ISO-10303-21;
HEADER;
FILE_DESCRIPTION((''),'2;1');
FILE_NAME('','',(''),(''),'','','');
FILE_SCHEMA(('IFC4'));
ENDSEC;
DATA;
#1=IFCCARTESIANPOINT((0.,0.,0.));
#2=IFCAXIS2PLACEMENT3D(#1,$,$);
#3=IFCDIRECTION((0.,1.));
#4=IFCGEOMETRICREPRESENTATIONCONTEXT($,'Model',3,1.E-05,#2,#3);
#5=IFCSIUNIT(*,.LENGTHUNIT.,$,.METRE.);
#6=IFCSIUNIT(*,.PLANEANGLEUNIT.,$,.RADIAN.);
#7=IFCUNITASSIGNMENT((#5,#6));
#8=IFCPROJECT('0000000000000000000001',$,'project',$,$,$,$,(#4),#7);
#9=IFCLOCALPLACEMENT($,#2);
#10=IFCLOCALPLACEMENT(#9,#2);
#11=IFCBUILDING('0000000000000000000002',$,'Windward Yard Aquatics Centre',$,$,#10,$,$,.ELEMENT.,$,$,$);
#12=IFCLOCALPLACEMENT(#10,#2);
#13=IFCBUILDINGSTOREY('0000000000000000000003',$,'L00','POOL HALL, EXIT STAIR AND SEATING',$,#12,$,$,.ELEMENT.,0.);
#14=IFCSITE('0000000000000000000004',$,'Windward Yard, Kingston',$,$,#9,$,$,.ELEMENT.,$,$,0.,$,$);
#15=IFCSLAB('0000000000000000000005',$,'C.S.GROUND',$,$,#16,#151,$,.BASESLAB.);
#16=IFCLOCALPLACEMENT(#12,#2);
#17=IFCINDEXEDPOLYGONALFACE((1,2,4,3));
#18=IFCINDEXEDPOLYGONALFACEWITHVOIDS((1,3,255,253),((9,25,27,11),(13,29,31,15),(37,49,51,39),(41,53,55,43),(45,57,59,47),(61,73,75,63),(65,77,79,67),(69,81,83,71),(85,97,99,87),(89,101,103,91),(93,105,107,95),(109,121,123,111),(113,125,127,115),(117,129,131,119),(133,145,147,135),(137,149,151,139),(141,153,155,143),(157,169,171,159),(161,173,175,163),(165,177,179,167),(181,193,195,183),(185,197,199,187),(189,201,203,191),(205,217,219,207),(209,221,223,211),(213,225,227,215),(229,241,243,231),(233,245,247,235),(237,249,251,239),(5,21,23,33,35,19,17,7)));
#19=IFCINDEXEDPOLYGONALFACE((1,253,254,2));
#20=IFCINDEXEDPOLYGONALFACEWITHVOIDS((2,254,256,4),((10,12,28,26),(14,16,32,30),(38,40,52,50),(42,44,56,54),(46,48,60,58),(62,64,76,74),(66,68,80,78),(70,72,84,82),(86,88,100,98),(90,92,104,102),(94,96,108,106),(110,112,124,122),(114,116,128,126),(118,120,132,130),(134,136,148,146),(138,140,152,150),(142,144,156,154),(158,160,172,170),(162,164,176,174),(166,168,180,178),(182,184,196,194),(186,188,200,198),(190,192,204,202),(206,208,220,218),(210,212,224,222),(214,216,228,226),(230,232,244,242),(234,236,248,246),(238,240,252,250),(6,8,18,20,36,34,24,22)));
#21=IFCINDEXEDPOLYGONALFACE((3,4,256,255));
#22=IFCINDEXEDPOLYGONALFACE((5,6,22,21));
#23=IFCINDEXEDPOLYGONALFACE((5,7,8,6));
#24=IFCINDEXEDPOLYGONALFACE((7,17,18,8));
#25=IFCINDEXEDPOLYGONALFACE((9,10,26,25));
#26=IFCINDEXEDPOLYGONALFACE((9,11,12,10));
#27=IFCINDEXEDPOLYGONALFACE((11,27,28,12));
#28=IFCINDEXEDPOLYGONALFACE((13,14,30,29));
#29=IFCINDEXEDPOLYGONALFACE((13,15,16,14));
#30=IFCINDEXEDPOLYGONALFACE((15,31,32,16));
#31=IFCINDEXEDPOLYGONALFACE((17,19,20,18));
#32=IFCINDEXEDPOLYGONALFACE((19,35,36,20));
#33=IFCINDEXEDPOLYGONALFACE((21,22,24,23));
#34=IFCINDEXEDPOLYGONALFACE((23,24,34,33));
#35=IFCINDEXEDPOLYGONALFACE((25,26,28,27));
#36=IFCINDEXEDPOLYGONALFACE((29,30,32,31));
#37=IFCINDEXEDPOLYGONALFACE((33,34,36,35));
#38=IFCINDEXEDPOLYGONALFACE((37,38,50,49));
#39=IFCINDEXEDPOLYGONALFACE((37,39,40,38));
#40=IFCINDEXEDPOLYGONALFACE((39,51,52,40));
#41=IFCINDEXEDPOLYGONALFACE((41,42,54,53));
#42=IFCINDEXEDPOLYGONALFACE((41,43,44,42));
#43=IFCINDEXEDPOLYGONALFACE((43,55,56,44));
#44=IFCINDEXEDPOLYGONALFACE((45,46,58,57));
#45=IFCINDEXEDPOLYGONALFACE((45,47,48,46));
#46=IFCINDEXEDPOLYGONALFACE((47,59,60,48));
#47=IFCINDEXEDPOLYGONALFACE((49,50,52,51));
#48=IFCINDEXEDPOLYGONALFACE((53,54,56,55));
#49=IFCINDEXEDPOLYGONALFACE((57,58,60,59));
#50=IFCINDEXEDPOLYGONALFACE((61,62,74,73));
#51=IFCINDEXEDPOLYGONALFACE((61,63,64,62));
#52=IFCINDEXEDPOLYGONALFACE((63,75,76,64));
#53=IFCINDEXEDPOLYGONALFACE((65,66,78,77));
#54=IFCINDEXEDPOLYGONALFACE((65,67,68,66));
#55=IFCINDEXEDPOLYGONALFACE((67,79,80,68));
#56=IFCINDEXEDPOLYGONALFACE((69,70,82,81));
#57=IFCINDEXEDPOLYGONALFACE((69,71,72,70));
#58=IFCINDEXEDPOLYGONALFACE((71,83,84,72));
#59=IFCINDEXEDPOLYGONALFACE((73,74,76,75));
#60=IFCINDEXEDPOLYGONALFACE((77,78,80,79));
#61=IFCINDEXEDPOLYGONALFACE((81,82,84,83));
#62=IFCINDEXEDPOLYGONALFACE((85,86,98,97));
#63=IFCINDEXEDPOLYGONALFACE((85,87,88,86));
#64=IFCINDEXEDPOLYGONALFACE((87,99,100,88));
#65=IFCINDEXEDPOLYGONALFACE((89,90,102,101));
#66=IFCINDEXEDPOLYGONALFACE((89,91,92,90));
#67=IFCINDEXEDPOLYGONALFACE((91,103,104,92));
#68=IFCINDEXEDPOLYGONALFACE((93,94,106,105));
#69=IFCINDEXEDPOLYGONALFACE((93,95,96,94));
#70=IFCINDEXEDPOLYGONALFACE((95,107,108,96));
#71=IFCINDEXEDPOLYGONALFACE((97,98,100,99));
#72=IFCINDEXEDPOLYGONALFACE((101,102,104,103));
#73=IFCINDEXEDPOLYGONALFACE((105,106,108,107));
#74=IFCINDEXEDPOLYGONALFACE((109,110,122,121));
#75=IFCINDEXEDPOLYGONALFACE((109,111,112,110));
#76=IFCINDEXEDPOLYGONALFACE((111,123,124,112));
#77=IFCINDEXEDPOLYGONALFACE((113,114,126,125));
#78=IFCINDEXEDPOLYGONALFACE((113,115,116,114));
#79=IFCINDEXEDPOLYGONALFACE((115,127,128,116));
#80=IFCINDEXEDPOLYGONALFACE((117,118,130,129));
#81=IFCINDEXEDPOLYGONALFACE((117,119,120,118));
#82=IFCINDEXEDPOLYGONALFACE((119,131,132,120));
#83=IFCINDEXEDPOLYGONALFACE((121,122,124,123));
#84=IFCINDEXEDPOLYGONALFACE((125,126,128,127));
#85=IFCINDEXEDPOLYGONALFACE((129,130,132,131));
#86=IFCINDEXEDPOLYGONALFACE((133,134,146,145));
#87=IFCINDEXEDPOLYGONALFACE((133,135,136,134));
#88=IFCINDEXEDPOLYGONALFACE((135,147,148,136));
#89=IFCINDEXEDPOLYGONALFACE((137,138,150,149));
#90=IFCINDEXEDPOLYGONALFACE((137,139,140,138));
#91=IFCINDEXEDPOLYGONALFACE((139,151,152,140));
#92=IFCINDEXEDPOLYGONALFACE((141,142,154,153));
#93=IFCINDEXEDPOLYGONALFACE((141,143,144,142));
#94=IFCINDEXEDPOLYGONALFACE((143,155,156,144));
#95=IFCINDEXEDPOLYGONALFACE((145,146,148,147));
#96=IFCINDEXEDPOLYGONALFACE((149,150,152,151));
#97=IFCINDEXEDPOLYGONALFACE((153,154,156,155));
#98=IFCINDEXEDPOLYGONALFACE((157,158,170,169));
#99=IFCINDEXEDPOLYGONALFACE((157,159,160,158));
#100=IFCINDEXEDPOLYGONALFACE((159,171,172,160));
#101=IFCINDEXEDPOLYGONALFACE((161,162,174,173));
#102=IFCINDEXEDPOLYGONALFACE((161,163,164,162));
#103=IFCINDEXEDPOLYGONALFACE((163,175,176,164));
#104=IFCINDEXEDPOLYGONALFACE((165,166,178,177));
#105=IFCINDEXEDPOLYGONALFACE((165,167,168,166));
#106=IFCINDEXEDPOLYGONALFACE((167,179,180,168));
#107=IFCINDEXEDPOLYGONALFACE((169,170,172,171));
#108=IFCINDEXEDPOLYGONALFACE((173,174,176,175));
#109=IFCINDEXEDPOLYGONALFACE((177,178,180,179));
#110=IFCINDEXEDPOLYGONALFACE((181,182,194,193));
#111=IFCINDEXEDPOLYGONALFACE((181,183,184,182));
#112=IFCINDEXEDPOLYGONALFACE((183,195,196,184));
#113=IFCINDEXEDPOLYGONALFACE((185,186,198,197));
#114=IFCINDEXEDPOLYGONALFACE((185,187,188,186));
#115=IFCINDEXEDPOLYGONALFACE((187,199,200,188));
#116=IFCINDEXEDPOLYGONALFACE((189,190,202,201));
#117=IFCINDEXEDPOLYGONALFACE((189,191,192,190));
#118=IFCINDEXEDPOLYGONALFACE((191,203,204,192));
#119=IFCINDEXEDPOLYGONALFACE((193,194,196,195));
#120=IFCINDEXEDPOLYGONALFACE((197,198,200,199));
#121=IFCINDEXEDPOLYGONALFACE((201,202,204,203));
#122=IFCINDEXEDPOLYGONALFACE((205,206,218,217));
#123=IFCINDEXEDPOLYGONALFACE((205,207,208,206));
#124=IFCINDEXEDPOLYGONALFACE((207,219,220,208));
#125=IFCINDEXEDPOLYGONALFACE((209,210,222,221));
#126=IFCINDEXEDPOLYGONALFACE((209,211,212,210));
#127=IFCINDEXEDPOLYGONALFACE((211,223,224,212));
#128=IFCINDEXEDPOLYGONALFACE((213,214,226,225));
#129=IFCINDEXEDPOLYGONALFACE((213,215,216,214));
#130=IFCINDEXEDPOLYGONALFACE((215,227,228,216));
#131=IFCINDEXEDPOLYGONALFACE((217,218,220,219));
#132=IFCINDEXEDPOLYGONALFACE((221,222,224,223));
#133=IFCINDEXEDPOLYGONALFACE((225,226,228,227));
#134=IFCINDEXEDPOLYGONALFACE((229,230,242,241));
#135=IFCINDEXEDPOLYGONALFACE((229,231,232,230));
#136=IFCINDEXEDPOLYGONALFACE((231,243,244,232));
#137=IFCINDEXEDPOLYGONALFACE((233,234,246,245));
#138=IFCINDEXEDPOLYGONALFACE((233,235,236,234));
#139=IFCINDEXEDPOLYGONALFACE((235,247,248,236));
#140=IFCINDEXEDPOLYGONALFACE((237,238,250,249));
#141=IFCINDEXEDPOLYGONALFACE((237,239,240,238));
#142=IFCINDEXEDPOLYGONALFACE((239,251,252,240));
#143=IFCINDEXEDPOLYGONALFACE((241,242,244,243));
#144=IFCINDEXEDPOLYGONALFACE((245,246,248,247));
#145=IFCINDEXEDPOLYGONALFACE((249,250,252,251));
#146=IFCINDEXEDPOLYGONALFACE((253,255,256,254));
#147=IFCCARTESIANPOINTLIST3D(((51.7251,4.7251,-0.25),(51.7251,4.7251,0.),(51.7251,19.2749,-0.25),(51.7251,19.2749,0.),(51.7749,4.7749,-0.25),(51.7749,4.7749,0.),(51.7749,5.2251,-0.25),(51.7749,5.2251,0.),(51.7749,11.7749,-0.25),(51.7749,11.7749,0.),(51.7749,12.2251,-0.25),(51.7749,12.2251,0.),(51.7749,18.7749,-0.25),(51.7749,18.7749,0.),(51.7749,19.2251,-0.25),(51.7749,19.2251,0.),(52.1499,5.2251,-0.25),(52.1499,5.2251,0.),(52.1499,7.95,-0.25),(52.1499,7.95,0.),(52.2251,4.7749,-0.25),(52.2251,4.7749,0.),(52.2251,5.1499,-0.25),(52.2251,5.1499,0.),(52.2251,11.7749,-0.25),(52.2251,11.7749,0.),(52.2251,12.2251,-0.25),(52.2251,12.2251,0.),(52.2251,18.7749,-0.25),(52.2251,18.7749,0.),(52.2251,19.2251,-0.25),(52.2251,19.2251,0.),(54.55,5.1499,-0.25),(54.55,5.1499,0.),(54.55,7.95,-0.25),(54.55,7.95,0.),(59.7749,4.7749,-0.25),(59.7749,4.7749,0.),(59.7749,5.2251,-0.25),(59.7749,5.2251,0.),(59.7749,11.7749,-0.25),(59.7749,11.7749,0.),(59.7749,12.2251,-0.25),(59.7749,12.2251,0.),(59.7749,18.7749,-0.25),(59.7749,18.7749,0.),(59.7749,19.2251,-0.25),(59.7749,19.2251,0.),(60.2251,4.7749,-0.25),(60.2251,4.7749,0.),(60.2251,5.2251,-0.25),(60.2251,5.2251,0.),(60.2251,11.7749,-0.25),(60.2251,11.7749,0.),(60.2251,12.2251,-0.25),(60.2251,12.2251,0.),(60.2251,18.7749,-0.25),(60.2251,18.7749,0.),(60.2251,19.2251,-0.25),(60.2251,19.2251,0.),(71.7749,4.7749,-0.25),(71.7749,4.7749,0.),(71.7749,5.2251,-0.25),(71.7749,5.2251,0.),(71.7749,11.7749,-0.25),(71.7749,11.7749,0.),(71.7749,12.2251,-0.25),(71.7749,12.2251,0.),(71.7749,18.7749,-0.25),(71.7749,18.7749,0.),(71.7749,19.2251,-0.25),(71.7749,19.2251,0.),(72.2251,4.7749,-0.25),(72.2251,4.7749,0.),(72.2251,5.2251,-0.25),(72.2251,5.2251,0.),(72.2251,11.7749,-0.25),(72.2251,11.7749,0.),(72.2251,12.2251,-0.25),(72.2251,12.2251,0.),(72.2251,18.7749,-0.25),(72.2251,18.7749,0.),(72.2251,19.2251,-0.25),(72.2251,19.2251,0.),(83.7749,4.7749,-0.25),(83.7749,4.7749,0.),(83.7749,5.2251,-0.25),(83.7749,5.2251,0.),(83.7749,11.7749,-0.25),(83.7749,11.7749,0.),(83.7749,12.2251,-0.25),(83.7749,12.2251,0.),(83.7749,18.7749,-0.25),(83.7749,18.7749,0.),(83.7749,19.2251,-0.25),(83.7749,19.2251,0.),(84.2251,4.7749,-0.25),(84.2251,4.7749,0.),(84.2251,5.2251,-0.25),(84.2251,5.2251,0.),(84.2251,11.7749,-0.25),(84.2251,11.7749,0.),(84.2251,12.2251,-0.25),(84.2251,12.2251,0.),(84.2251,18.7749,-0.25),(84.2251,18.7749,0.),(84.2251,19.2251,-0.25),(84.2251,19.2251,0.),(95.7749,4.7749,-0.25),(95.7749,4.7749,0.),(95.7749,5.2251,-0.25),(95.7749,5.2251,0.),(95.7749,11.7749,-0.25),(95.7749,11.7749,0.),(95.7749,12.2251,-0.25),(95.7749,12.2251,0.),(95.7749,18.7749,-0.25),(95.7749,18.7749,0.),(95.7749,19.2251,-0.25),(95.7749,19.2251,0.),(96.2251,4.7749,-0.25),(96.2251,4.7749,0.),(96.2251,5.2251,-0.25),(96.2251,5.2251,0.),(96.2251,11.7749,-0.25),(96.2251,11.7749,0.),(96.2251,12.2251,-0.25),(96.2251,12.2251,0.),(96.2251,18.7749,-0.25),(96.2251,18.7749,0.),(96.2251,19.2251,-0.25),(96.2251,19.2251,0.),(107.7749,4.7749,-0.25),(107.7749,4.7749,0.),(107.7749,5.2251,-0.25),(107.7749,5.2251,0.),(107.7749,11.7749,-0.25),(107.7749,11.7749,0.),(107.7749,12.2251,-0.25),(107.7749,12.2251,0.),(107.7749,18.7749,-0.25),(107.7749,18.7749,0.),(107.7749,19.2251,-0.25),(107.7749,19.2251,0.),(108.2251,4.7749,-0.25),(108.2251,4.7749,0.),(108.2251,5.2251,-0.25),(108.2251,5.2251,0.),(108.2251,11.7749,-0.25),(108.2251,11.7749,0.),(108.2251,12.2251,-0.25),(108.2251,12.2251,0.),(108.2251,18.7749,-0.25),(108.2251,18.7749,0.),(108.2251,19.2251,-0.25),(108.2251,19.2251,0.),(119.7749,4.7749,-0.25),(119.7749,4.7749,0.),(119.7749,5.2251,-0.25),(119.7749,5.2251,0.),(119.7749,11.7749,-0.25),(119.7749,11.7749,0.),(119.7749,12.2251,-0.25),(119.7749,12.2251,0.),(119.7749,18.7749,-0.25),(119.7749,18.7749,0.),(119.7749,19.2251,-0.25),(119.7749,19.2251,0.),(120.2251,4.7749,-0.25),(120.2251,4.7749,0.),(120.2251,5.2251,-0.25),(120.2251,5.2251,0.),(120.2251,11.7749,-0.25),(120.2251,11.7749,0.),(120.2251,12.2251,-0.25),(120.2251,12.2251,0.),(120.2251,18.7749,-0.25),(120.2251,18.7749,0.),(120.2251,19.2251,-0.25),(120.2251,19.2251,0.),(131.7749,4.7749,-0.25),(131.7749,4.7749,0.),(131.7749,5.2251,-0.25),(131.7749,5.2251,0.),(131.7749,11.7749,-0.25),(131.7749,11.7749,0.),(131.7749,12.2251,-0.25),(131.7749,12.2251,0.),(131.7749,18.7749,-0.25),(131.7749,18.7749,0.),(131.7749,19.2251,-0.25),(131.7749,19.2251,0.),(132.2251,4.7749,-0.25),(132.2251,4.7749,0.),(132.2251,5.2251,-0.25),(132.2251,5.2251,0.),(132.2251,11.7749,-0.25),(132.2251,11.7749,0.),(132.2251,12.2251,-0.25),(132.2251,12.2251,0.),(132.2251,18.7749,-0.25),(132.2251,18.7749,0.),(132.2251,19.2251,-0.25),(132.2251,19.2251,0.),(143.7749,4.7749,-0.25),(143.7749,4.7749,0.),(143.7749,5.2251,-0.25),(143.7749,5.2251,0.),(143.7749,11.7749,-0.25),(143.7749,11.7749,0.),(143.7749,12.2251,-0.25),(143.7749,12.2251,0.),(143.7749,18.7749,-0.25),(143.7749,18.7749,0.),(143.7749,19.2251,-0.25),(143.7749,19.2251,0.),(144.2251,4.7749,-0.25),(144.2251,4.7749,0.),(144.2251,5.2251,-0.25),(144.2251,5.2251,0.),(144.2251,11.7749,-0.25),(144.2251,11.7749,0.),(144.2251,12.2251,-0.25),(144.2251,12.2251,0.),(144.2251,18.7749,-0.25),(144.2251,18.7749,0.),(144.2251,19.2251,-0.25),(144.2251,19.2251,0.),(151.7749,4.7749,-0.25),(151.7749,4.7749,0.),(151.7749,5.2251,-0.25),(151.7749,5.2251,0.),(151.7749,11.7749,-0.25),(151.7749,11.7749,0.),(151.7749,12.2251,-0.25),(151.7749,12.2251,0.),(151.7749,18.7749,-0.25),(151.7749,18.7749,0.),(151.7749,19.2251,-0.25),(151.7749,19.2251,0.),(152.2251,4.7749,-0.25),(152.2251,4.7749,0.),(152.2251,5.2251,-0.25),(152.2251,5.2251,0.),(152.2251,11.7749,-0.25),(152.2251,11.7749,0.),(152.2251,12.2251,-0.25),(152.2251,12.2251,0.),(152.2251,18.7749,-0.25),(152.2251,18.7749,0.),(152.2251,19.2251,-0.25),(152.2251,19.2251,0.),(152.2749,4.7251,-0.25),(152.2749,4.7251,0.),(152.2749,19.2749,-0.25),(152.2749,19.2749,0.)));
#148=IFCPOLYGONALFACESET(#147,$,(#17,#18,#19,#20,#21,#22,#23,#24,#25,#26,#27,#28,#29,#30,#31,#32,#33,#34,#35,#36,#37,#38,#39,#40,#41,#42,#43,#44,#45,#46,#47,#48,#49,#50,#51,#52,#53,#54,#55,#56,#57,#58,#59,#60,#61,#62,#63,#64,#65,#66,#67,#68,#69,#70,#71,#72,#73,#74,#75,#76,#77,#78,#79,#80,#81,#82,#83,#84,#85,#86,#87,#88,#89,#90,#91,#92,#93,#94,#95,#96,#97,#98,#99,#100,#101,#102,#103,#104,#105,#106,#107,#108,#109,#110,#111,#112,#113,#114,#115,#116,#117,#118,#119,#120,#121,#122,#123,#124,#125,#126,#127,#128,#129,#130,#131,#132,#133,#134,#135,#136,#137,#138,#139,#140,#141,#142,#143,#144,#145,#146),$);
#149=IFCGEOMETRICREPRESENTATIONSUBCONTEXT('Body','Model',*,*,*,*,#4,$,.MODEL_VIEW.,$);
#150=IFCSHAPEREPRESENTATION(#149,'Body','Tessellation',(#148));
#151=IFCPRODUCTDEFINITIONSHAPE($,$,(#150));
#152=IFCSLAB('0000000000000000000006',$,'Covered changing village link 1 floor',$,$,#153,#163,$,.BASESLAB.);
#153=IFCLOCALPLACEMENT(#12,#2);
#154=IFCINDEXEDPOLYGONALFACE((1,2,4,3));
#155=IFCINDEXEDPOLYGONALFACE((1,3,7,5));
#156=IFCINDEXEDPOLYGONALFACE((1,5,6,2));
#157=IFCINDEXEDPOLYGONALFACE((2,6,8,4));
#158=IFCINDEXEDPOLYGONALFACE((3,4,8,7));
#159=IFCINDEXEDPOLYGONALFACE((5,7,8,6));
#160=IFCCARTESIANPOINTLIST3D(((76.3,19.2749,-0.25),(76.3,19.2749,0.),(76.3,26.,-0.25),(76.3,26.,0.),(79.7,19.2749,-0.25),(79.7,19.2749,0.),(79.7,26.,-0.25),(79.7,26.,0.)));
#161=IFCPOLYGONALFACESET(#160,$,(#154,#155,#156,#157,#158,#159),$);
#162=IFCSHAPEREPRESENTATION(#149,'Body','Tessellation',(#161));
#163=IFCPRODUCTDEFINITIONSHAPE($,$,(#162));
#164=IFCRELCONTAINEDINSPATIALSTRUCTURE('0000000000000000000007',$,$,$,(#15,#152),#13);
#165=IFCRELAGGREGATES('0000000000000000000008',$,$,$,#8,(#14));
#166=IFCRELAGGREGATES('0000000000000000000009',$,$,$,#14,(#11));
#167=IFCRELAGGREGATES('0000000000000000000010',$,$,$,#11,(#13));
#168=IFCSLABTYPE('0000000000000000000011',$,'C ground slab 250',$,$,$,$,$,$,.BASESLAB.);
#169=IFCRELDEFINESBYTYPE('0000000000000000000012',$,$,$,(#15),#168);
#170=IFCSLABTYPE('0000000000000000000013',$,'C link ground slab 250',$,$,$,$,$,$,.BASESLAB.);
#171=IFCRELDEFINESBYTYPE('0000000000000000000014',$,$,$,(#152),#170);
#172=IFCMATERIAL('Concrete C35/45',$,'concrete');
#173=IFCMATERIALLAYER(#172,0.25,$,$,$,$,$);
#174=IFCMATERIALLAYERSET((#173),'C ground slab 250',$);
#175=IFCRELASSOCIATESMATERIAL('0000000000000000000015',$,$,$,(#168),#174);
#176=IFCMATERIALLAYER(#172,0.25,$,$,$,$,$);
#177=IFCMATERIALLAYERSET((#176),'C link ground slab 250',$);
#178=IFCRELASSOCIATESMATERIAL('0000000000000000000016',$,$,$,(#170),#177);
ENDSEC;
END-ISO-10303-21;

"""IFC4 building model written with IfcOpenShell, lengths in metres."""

from ifc_helpers import new_model, si_unit, direction, frame, origin, place, context, subcontext, project, spatial, polyline, outline, extrude, material, layer, layer_set, type_object, element, save


model = new_model("IFC4")

# Units and contexts
model_context = context("Model", 3, precision=1e-05, world=origin(), true_north=direction((0.0, 1.0)))
body_context = subcontext(model_context, "Body", "Model", "MODEL_VIEW")
ifc_project = project(units=[si_unit("LENGTHUNIT", "METRE"), si_unit("PLANEANGLEUNIT", "RADIAN")], contexts=[model_context])

# Site, building, storey
site_placement = place(None, origin())
site = spatial("IfcSite", under=ifc_project, at=site_placement, Name="Windward Yard, Kingston", CompositionType="ELEMENT", RefElevation=0.0)
building_placement = place(site_placement, origin())
building = spatial("IfcBuilding", under=site, at=building_placement, Name="Windward Yard Aquatics Centre", CompositionType="ELEMENT")
storey_placement = place(building_placement, origin())
storey = spatial("IfcBuildingStorey", under=building, at=storey_placement, Name="L00", Description="POOL HALL, EXIT STAIR AND SEATING", CompositionType="ELEMENT", Elevation=0.0)

# Slabs
ifc_material_1 = material(Name="Concrete C35/45", Category="concrete")
ifc_layer_1 = layer(ifc_material_1, 0.25)
ifc_layer_set_1 = layer_set([ifc_layer_1], Name="C ground slab 250")
slab_type_1 = type_object("IfcSlabType", Name="C ground slab 250", PredefinedType="BASESLAB", material=ifc_layer_set_1)
slab_1_placement = place(storey_placement, frame((0.0, 0.0, -0.25)))
element("IfcSlab", 1, at=slab_1_placement, inside=storey, type_object=slab_type_1, Name="C.S.GROUND", PredefinedType="BASESLAB", context=body_context, shape_type="SweptSolid", body=[
    extrude(outline(polyline([(51.7251, 4.7251), (152.2749, 4.7251), (152.2749, 19.2749), (51.7251, 19.2749), (51.7251, 4.7251)]), holes=[polyline([(51.7749, 4.7749), (51.7749, 5.2251), (52.1499, 5.2251), (52.1499, 7.95), (54.55, 7.95), (54.55, 5.1499), (52.2251, 5.1499), (52.2251, 4.7749), (51.7749, 4.7749)]), polyline([(59.7749, 4.7749), (59.7749, 5.2251), (60.2251, 5.2251), (60.2251, 4.7749), (59.7749, 4.7749)]), polyline([(71.7749, 4.7749), (71.7749, 5.2251), (72.2251, 5.2251), (72.2251, 4.7749), (71.7749, 4.7749)]), polyline([(83.7749, 4.7749), (83.7749, 5.2251), (84.2251, 5.2251), (84.2251, 4.7749), (83.7749, 4.7749)]), polyline([(95.7749, 4.7749), (95.7749, 5.2251), (96.2251, 5.2251), (96.2251, 4.7749), (95.7749, 4.7749)]), polyline([(51.7749, 11.7749), (51.7749, 12.2251), (52.2251, 12.2251), (52.2251, 11.7749), (51.7749, 11.7749)]), polyline([(59.7749, 11.7749), (59.7749, 12.2251), (60.2251, 12.2251), (60.2251, 11.7749), (59.7749, 11.7749)]), polyline([(71.7749, 11.7749), (71.7749, 12.2251), (72.2251, 12.2251), (72.2251, 11.7749), (71.7749, 11.7749)]), polyline([(83.7749, 11.7749), (83.7749, 12.2251), (84.2251, 12.2251), (84.2251, 11.7749), (83.7749, 11.7749)]), polyline([(95.7749, 11.7749), (95.7749, 12.2251), (96.2251, 12.2251), (96.2251, 11.7749), (95.7749, 11.7749)]), polyline([(51.7749, 18.7749), (51.7749, 19.2251), (52.2251, 19.2251), (52.2251, 18.7749), (51.7749, 18.7749)]), polyline([(59.7749, 18.7749), (59.7749, 19.2251), (60.2251, 19.2251), (60.2251, 18.7749), (59.7749, 18.7749)]), polyline([(71.7749, 18.7749), (71.7749, 19.2251), (72.2251, 19.2251), (72.2251, 18.7749), (71.7749, 18.7749)]), polyline([(83.7749, 18.7749), (83.7749, 19.2251), (84.2251, 19.2251), (84.2251, 18.7749), (83.7749, 18.7749)]), polyline([(95.7749, 18.7749), (95.7749, 19.2251), (96.2251, 19.2251), (96.2251, 18.7749), (95.7749, 18.7749)]), polyline([(107.7749, 4.7749), (107.7749, 5.2251), (108.2251, 5.2251), (108.2251, 4.7749), (107.7749, 4.7749)]), polyline([(119.7749, 4.7749), (119.7749, 5.2251), (120.2251, 5.2251), (120.2251, 4.7749), (119.7749, 4.7749)]), polyline([(131.7749, 4.7749), (131.7749, 5.2251), (132.2251, 5.2251), (132.2251, 4.7749), (131.7749, 4.7749)]), polyline([(143.7749, 4.7749), (143.7749, 5.2251), (144.2251, 5.2251), (144.2251, 4.7749), (143.7749, 4.7749)]), polyline([(151.7749, 4.7749), (151.7749, 5.2251), (152.2251, 5.2251), (152.2251, 4.7749), (151.7749, 4.7749)]), polyline([(107.7749, 11.7749), (107.7749, 12.2251), (108.2251, 12.2251), (108.2251, 11.7749), (107.7749, 11.7749)]), polyline([(119.7749, 11.7749), (119.7749, 12.2251), (120.2251, 12.2251), (120.2251, 11.7749), (119.7749, 11.7749)]), polyline([(131.7749, 11.7749), (131.7749, 12.2251), (132.2251, 12.2251), (132.2251, 11.7749), (131.7749, 11.7749)]), polyline([(143.7749, 11.7749), (143.7749, 12.2251), (144.2251, 12.2251), (144.2251, 11.7749), (143.7749, 11.7749)]), polyline([(151.7749, 11.7749), (151.7749, 12.2251), (152.2251, 12.2251), (152.2251, 11.7749), (151.7749, 11.7749)]), polyline([(107.7749, 18.7749), (107.7749, 19.2251), (108.2251, 19.2251), (108.2251, 18.7749), (107.7749, 18.7749)]), polyline([(119.7749, 18.7749), (119.7749, 19.2251), (120.2251, 19.2251), (120.2251, 18.7749), (119.7749, 18.7749)]), polyline([(131.7749, 18.7749), (131.7749, 19.2251), (132.2251, 19.2251), (132.2251, 18.7749), (131.7749, 18.7749)]), polyline([(143.7749, 18.7749), (143.7749, 19.2251), (144.2251, 19.2251), (144.2251, 18.7749), (143.7749, 18.7749)]), polyline([(151.7749, 18.7749), (151.7749, 19.2251), (152.2251, 19.2251), (152.2251, 18.7749), (151.7749, 18.7749)])]), origin(), (0.0, 0.0, 1.0), 0.25),
])
ifc_layer_2 = layer(ifc_material_1, 0.25)
ifc_layer_set_2 = layer_set([ifc_layer_2], Name="C link ground slab 250")
slab_type_2 = type_object("IfcSlabType", Name="C link ground slab 250", PredefinedType="BASESLAB", material=ifc_layer_set_2)
slab_2_placement = place(storey_placement, frame((0.0, 0.0, -0.25)))
element("IfcSlab", 2, at=slab_2_placement, inside=storey, type_object=slab_type_2, Name="Covered changing village link 1 floor", PredefinedType="BASESLAB", context=body_context, shape_type="SweptSolid", body=[
    extrude(outline(polyline([(76.3, 19.2749), (76.3, 26.0), (79.7, 26.0), (79.7, 19.2749), (76.3, 19.2749)])), origin(), (0.0, 0.0, 1.0), 0.25),
])

save(model, "model.ifc")
